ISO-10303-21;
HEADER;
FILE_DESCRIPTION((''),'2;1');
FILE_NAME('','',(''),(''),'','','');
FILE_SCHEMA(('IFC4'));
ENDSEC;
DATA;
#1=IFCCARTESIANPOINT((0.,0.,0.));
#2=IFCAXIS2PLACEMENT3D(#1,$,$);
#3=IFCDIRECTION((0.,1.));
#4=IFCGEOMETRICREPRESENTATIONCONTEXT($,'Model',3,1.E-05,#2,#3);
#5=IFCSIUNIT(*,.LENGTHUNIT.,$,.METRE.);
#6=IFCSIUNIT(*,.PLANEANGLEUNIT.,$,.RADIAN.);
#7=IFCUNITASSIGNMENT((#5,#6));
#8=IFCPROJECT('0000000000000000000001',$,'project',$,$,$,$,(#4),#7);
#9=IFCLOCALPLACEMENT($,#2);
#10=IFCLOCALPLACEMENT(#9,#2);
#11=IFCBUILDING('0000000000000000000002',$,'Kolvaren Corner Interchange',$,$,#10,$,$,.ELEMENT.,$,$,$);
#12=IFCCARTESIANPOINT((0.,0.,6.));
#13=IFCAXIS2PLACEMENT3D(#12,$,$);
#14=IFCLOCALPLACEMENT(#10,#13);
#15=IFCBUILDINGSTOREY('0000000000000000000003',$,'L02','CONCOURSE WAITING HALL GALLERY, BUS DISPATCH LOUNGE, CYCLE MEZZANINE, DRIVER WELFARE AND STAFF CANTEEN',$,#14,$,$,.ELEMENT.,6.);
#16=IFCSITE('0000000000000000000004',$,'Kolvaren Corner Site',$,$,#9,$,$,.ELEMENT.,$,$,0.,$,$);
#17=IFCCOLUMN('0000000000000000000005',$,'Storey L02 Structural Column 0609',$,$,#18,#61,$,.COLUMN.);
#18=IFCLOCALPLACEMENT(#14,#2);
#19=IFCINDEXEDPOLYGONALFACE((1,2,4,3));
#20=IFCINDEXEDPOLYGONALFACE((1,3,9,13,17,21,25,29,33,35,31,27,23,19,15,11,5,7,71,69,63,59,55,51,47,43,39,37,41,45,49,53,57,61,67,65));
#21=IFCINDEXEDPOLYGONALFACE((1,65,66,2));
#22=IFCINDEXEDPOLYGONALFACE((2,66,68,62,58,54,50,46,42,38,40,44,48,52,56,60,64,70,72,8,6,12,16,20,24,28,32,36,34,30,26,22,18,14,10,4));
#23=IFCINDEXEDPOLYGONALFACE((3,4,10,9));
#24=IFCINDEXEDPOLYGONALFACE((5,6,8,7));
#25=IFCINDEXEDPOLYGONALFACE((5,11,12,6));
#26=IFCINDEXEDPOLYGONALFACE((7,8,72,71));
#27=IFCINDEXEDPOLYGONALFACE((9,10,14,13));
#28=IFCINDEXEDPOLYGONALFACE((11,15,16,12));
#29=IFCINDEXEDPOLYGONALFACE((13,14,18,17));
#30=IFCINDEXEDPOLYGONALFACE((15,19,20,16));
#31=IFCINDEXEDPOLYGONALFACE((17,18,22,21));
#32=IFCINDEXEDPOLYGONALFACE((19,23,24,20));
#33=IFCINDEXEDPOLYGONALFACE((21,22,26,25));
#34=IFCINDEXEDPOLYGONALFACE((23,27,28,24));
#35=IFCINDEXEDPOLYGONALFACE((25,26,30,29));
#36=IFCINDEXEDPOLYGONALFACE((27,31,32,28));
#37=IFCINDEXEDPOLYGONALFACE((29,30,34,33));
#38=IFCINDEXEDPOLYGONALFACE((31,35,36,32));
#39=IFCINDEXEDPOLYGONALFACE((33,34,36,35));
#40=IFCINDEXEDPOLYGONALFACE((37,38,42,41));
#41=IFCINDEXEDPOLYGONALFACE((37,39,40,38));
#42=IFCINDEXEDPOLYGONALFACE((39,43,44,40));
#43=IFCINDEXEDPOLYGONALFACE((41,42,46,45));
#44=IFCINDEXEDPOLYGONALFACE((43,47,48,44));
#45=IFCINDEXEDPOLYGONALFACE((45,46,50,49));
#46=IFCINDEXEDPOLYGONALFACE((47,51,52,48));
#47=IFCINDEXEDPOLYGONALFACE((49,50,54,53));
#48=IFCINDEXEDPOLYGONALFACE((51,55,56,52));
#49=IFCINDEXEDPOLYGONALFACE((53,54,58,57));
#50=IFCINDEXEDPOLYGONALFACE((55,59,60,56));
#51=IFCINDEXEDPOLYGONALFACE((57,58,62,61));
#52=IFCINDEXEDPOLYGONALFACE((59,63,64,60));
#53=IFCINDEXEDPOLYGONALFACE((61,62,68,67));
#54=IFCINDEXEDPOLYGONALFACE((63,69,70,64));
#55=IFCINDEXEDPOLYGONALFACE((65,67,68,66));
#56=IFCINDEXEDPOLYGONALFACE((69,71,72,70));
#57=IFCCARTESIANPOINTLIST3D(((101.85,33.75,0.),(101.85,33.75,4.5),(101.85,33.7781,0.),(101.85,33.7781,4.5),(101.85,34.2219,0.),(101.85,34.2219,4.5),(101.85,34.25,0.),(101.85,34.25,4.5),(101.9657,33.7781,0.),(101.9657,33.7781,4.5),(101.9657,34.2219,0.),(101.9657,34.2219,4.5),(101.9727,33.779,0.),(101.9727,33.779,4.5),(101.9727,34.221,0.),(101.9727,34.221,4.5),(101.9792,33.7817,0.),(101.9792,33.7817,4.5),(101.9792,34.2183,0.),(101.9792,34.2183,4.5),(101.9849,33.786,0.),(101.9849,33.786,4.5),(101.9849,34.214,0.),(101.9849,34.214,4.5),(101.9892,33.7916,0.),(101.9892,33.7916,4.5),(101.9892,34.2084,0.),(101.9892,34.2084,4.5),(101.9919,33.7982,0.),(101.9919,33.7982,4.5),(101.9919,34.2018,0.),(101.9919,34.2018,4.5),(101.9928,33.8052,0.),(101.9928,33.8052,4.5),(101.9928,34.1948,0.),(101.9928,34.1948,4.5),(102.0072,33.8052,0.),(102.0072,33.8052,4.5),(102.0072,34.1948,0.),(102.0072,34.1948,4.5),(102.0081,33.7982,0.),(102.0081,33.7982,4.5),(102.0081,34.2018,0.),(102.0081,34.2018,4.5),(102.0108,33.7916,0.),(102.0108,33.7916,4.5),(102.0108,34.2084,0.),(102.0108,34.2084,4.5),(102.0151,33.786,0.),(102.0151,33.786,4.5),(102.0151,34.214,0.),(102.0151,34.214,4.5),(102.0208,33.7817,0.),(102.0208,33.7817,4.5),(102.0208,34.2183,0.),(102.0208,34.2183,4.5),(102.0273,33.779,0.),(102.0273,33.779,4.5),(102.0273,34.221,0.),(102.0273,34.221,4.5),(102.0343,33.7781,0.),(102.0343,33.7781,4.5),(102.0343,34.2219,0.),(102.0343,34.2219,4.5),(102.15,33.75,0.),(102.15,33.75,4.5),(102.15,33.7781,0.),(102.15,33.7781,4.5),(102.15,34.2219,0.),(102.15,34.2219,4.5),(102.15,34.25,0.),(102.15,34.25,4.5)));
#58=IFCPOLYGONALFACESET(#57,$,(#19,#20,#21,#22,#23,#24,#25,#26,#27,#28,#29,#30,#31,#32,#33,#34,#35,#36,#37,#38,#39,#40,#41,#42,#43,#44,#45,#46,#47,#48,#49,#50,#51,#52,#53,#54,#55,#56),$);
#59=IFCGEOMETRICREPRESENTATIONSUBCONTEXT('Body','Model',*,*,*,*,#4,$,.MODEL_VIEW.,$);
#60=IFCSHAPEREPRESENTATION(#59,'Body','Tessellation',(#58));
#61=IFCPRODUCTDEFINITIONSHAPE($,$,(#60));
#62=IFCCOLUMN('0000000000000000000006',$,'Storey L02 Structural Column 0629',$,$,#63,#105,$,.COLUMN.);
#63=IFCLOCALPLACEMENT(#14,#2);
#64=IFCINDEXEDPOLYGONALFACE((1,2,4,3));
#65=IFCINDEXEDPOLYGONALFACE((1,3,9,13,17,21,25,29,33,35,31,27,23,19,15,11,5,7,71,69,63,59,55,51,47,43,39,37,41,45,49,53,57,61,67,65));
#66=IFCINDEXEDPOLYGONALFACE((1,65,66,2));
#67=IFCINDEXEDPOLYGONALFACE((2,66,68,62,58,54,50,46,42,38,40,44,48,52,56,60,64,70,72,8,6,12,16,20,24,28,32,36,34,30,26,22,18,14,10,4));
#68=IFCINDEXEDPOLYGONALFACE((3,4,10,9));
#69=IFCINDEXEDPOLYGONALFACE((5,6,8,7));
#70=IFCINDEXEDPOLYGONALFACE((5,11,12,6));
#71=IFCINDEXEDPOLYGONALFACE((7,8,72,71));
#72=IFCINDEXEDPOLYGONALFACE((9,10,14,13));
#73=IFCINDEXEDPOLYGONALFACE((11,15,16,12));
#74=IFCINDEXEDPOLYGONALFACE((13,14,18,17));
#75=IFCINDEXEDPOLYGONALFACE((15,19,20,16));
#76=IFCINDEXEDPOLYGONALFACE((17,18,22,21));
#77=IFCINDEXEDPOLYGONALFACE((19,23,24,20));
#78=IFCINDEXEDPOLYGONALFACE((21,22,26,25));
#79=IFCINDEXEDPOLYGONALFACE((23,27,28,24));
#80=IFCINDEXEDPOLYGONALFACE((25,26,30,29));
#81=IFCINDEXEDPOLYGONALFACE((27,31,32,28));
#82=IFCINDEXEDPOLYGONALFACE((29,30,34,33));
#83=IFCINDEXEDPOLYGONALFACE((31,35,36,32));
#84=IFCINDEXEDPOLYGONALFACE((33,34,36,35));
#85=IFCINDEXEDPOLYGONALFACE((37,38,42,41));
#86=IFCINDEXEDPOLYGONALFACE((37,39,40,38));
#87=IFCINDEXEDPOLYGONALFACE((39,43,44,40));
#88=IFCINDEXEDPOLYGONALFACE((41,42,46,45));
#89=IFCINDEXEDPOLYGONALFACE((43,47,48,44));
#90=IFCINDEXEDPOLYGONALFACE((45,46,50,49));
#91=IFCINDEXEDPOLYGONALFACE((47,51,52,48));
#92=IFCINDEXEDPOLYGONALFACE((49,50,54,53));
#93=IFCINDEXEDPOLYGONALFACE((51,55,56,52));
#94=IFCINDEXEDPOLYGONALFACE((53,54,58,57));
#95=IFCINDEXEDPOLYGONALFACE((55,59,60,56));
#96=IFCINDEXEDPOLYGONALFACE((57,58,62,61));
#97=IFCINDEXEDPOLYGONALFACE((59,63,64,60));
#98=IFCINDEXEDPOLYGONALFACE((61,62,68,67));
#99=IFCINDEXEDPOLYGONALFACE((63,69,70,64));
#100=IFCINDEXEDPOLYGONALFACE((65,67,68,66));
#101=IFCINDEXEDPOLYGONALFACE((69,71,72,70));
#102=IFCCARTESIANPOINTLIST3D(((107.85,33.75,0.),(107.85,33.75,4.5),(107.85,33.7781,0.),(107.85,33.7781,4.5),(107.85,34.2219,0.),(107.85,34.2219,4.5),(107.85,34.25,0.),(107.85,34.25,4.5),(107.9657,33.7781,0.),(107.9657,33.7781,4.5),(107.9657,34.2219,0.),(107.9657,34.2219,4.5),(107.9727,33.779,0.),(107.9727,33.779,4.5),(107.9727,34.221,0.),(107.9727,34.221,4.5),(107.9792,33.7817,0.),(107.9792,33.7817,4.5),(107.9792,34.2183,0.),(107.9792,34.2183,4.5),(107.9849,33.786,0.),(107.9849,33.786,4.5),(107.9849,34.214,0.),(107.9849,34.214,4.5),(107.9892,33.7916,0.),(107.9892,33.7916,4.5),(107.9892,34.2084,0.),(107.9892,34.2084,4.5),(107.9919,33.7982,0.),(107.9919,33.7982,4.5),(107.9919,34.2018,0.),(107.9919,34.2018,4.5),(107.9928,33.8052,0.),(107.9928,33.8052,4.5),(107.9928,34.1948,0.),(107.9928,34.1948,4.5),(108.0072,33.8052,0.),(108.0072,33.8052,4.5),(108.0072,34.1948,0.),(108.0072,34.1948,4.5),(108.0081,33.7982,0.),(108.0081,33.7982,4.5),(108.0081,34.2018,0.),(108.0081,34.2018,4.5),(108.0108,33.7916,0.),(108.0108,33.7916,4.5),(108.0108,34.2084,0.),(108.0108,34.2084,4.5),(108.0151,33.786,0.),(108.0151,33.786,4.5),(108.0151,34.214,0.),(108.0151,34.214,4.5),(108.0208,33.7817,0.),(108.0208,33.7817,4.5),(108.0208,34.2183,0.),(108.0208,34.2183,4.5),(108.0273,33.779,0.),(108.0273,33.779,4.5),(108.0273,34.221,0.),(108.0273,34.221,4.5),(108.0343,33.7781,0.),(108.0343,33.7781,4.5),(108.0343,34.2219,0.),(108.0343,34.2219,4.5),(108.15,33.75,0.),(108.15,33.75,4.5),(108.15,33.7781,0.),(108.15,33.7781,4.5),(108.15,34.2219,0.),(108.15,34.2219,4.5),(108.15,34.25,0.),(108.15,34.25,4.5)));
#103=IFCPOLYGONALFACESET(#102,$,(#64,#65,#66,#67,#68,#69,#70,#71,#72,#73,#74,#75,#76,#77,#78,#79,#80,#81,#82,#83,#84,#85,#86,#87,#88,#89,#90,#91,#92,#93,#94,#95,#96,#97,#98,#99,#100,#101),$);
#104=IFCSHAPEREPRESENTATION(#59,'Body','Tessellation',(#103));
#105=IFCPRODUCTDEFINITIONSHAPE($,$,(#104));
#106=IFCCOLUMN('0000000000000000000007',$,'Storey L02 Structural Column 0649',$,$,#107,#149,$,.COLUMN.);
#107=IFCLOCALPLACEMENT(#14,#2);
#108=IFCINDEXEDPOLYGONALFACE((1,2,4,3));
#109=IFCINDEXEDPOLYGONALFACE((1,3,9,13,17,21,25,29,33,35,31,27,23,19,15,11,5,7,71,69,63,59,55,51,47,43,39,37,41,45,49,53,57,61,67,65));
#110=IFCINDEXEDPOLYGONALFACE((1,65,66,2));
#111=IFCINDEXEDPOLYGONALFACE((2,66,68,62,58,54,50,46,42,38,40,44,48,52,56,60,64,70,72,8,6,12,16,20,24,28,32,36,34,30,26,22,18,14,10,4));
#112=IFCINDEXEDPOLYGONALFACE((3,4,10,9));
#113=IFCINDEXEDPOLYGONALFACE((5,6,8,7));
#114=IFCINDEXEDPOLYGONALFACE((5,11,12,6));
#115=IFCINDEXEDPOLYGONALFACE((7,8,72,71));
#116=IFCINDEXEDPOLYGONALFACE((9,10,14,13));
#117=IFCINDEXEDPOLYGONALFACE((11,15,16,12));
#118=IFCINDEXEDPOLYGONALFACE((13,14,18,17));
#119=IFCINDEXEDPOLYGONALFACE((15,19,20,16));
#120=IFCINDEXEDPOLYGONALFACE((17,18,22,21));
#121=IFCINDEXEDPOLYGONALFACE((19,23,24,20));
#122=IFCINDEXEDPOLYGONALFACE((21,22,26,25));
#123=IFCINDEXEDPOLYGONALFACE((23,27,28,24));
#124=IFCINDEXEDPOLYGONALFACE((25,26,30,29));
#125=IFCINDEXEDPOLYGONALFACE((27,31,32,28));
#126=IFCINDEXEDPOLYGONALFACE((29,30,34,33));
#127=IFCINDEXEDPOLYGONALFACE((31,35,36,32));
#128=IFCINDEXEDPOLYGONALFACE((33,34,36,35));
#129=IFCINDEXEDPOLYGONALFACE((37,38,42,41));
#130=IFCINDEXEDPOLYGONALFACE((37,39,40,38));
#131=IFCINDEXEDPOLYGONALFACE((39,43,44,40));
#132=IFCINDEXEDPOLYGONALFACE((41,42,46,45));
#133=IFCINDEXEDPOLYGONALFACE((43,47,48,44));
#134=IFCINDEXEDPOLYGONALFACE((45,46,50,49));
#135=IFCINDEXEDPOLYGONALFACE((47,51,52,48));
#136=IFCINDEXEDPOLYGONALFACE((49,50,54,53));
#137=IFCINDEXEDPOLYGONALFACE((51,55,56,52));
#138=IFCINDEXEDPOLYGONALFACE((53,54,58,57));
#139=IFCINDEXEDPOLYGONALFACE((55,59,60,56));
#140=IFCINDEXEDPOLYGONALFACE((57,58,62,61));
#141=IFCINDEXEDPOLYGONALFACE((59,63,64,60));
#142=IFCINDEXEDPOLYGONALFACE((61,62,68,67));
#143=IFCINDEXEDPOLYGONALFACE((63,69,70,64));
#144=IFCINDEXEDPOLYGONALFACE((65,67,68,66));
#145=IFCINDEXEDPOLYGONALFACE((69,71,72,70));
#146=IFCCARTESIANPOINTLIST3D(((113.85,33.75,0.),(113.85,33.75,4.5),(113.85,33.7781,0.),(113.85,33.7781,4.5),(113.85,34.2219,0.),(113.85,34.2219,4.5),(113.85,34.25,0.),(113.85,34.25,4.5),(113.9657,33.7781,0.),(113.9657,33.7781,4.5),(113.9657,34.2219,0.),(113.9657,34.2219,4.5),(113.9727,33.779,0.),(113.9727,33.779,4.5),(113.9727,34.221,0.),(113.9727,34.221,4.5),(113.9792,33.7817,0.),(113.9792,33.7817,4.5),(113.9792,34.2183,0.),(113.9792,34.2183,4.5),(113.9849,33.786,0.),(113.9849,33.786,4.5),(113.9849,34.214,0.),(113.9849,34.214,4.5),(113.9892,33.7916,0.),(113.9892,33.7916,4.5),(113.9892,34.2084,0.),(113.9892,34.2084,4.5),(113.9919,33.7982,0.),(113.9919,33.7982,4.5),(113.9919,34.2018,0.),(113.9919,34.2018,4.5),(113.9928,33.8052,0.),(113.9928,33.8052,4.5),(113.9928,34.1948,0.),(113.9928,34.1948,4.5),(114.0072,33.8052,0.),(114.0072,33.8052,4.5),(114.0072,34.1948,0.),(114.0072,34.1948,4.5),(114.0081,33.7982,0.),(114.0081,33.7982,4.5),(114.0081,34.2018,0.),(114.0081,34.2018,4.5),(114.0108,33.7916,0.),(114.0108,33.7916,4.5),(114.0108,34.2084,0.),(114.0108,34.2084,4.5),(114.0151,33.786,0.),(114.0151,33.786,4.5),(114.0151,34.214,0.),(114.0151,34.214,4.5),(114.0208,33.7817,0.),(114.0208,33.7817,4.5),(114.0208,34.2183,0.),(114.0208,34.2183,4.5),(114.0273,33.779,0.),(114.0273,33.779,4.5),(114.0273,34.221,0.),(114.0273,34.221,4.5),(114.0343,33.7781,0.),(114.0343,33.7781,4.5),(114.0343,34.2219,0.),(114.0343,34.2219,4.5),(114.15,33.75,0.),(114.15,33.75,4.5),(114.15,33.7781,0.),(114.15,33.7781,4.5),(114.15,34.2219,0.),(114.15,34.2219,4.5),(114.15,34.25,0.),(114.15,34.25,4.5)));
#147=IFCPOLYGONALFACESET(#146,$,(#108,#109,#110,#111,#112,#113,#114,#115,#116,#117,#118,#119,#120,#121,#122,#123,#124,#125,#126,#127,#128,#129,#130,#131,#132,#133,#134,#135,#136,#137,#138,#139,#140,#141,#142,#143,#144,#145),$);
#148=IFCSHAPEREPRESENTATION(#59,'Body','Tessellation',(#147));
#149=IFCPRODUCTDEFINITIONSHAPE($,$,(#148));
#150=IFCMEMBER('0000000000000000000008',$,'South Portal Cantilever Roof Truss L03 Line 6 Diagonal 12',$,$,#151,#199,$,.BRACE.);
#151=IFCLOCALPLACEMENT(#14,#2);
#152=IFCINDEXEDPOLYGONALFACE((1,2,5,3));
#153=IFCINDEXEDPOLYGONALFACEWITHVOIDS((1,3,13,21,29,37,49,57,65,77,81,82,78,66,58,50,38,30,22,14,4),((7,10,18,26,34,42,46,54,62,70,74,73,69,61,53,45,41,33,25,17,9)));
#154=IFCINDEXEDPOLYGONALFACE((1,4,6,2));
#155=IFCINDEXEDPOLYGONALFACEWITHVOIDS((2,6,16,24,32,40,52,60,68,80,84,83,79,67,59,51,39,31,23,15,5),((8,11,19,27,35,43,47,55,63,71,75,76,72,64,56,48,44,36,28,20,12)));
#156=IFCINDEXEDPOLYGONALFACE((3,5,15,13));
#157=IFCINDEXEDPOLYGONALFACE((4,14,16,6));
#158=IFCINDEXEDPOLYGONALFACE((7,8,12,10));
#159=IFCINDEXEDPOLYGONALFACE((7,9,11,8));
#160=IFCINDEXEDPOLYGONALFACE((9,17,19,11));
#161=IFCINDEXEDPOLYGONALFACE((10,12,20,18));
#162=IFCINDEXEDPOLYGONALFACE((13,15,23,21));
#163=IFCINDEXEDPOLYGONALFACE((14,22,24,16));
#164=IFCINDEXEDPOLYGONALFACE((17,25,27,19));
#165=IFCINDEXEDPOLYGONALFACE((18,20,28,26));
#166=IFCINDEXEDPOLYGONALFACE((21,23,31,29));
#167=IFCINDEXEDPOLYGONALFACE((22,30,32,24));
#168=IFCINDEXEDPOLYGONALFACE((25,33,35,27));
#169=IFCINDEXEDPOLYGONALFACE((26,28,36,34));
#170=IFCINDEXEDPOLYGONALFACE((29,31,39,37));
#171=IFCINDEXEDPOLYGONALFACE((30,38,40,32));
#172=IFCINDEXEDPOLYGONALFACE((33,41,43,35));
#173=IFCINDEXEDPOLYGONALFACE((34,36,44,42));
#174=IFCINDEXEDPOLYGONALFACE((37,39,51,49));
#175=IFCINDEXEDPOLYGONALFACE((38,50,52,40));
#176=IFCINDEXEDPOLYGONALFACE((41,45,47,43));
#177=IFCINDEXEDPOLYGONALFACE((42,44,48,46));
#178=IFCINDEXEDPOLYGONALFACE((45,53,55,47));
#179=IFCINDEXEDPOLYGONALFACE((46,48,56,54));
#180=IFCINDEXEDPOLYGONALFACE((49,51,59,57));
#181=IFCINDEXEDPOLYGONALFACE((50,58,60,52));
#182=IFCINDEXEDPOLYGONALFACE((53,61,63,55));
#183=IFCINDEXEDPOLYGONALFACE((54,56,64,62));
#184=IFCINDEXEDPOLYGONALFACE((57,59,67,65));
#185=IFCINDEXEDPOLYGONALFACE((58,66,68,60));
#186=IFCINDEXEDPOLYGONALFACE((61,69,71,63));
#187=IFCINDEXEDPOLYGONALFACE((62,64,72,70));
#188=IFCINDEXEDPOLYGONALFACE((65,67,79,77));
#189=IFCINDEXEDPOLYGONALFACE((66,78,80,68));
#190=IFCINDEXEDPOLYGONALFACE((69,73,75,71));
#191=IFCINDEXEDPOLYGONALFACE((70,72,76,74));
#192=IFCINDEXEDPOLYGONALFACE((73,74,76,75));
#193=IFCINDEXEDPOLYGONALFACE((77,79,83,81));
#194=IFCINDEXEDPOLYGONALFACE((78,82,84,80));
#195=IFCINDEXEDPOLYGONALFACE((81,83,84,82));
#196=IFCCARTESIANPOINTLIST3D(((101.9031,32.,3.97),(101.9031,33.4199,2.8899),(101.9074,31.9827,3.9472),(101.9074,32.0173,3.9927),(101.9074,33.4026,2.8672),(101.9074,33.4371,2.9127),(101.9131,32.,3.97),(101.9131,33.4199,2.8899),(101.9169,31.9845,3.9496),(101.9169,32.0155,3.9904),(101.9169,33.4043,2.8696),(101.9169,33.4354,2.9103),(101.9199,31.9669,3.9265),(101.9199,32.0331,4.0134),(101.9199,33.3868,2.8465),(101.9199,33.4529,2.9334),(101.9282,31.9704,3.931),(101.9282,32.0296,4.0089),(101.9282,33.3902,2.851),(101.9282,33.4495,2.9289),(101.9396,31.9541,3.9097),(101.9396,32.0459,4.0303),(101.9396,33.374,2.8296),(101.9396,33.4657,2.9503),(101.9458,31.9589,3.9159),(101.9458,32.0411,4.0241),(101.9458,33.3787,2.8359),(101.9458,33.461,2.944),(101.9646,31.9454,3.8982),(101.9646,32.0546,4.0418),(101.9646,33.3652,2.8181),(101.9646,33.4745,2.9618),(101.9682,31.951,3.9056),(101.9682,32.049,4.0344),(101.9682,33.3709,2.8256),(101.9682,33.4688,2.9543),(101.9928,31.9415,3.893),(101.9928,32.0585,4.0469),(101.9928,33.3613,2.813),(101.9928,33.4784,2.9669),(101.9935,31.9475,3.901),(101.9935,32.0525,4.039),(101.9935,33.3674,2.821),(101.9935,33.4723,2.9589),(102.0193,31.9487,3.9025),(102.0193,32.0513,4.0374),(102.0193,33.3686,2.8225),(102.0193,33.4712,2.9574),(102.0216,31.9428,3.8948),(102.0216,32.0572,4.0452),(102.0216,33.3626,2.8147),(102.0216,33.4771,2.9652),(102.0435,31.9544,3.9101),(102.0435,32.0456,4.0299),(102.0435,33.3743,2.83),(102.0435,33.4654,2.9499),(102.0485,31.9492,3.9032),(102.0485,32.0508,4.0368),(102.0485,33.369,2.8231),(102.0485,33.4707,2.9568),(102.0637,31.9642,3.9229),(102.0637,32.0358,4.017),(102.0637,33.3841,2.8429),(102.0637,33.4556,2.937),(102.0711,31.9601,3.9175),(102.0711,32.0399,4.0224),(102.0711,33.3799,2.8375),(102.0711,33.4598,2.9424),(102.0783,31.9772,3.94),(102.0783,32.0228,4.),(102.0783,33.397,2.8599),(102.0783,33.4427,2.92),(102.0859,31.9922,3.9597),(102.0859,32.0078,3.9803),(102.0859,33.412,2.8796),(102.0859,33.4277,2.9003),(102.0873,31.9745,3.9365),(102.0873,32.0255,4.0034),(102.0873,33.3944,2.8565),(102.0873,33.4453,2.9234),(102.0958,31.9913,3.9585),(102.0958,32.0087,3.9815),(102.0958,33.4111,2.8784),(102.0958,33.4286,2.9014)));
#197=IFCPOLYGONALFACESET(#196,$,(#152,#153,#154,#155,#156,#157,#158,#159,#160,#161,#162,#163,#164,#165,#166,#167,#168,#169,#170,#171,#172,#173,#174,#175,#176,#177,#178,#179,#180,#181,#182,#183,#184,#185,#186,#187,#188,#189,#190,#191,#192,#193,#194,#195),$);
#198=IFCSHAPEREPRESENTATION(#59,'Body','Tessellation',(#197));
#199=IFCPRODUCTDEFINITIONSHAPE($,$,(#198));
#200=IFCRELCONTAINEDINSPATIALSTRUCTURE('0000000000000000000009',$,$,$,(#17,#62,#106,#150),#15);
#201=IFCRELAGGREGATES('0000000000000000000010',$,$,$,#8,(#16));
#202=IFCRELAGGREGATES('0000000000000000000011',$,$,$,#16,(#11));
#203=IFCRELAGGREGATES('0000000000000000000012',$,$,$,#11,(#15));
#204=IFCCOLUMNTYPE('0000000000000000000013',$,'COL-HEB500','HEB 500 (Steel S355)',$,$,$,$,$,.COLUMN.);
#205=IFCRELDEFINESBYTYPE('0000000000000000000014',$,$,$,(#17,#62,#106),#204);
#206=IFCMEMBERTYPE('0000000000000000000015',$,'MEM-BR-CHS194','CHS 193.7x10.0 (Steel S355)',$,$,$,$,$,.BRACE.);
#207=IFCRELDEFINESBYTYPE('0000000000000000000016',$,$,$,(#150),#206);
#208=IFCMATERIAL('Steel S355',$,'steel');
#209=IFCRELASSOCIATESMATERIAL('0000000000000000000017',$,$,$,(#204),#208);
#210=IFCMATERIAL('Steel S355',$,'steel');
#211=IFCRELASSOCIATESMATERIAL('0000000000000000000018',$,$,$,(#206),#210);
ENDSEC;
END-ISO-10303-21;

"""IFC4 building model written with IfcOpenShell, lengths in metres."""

from ifc_helpers import new_model, si_unit, direction, frame, origin, origin_2d, place, context, subcontext, project, spatial, hollow_circle, i_section, extrude, material, material_profile, profile_set, type_object, element, save


model = new_model("IFC4")

# Units and contexts
model_context = context("Model", 3, precision=1e-05, world=origin(), true_north=direction((0.0, 1.0)))
body_context = subcontext(model_context, "Body", "Model", "MODEL_VIEW")
ifc_project = project(units=[si_unit("LENGTHUNIT", "METRE"), si_unit("PLANEANGLEUNIT", "RADIAN")], contexts=[model_context])

# Site, building, storey
site_placement = place(None, origin())
site = spatial("IfcSite", under=ifc_project, at=site_placement, Name="Kolvaren Corner Site", CompositionType="ELEMENT", RefElevation=0.0)
building_placement = place(site_placement, origin())
building = spatial("IfcBuilding", under=site, at=building_placement, Name="Kolvaren Corner Interchange", CompositionType="ELEMENT")
storey_placement = place(building_placement, frame((0.0, 0.0, 6.0)))
storey = spatial("IfcBuildingStorey", under=building, at=storey_placement, Name="L02", Description="CONCOURSE WAITING HALL GALLERY, BUS DISPATCH LOUNGE, CYCLE MEZZANINE, DRIVER WELFARE AND STAFF CANTEEN", CompositionType="ELEMENT", Elevation=6.0)

# Columns
ifc_material_1 = material(Name="Steel S355", Category="steel")
ifc_material_profile_1 = material_profile(ifc_material_1, i_section(OverallWidth=0.3, OverallDepth=0.5, WebThickness=0.0144, FlangeThickness=0.0281, FilletRadius=0.0271, at=origin_2d()), Name="HEB 500")
ifc_profile_set_1 = profile_set([ifc_material_profile_1], Name="Steel S355")
column_type = type_object("IfcColumnType", Name="COL-HEB500", Description="HEB 500 (Steel S355)", PredefinedType="COLUMN", material=ifc_profile_set_1)
for number, where, z_axis, x_axis, name in (
    (1, (102.0, 34.0, 0.0), (0.0, 0.0, 1.0), (1.0, 0.0, 0.0), "Storey L02 Structural Column 0609"),
    (2, (108.0, 34.0, 0.0), (0.0, 0.0, 1.0), (1.0, 0.0, 0.0), "Storey L02 Structural Column 0629"),
    (3, (114.0, 34.0, 0.0), (0.0, 0.0, 1.0), (1.0, 0.0, 0.0), "Storey L02 Structural Column 0649"),
):
    element("IfcColumn", number, at=place(storey_placement, frame(where, z_axis=z_axis, x_axis=x_axis)), inside=storey, type_object=column_type, Name=name, PredefinedType="COLUMN", context=body_context, shape_type="SweptSolid", body=[
        extrude(i_section(OverallWidth=0.3, OverallDepth=0.5, WebThickness=0.0144, FlangeThickness=0.0281, FilletRadius=0.0271, at=origin_2d()), origin(), (0.0, 0.0, 1.0), 4.5),
    ])

# Member
ifc_material_2 = material(Name="Steel S355", Category="steel")
ifc_material_profile_2 = material_profile(ifc_material_2, hollow_circle(Radius=0.0969, WallThickness=0.01, at=origin_2d()), Name="CHS 193.7x10.0")
ifc_profile_set_2 = profile_set([ifc_material_profile_2], Name="Steel S355")
member_type_1 = type_object("IfcMemberType", Name="MEM-BR-CHS194", Description="CHS 193.7x10.0 (Steel S355)", PredefinedType="BRACE", material=ifc_profile_set_2)
member_placement = place(storey_placement, frame((102.0, 32.0, 3.97), z_axis=(0.0, 0.795909, -0.605416), x_axis=(-1.0, 0.0, 0.0)))
element("IfcMember", 4, at=member_placement, inside=storey, type_object=member_type_1, Name="South Portal Cantilever Roof Truss L03 Line 6 Diagonal 12", PredefinedType="BRACE", context=body_context, shape_type="SweptSolid", body=[
    extrude(hollow_circle(Radius=0.0969, WallThickness=0.01, at=origin_2d()), origin(), (0.0, 0.0, 1.0), 1.7839),
])

save(model, "model.ifc")
